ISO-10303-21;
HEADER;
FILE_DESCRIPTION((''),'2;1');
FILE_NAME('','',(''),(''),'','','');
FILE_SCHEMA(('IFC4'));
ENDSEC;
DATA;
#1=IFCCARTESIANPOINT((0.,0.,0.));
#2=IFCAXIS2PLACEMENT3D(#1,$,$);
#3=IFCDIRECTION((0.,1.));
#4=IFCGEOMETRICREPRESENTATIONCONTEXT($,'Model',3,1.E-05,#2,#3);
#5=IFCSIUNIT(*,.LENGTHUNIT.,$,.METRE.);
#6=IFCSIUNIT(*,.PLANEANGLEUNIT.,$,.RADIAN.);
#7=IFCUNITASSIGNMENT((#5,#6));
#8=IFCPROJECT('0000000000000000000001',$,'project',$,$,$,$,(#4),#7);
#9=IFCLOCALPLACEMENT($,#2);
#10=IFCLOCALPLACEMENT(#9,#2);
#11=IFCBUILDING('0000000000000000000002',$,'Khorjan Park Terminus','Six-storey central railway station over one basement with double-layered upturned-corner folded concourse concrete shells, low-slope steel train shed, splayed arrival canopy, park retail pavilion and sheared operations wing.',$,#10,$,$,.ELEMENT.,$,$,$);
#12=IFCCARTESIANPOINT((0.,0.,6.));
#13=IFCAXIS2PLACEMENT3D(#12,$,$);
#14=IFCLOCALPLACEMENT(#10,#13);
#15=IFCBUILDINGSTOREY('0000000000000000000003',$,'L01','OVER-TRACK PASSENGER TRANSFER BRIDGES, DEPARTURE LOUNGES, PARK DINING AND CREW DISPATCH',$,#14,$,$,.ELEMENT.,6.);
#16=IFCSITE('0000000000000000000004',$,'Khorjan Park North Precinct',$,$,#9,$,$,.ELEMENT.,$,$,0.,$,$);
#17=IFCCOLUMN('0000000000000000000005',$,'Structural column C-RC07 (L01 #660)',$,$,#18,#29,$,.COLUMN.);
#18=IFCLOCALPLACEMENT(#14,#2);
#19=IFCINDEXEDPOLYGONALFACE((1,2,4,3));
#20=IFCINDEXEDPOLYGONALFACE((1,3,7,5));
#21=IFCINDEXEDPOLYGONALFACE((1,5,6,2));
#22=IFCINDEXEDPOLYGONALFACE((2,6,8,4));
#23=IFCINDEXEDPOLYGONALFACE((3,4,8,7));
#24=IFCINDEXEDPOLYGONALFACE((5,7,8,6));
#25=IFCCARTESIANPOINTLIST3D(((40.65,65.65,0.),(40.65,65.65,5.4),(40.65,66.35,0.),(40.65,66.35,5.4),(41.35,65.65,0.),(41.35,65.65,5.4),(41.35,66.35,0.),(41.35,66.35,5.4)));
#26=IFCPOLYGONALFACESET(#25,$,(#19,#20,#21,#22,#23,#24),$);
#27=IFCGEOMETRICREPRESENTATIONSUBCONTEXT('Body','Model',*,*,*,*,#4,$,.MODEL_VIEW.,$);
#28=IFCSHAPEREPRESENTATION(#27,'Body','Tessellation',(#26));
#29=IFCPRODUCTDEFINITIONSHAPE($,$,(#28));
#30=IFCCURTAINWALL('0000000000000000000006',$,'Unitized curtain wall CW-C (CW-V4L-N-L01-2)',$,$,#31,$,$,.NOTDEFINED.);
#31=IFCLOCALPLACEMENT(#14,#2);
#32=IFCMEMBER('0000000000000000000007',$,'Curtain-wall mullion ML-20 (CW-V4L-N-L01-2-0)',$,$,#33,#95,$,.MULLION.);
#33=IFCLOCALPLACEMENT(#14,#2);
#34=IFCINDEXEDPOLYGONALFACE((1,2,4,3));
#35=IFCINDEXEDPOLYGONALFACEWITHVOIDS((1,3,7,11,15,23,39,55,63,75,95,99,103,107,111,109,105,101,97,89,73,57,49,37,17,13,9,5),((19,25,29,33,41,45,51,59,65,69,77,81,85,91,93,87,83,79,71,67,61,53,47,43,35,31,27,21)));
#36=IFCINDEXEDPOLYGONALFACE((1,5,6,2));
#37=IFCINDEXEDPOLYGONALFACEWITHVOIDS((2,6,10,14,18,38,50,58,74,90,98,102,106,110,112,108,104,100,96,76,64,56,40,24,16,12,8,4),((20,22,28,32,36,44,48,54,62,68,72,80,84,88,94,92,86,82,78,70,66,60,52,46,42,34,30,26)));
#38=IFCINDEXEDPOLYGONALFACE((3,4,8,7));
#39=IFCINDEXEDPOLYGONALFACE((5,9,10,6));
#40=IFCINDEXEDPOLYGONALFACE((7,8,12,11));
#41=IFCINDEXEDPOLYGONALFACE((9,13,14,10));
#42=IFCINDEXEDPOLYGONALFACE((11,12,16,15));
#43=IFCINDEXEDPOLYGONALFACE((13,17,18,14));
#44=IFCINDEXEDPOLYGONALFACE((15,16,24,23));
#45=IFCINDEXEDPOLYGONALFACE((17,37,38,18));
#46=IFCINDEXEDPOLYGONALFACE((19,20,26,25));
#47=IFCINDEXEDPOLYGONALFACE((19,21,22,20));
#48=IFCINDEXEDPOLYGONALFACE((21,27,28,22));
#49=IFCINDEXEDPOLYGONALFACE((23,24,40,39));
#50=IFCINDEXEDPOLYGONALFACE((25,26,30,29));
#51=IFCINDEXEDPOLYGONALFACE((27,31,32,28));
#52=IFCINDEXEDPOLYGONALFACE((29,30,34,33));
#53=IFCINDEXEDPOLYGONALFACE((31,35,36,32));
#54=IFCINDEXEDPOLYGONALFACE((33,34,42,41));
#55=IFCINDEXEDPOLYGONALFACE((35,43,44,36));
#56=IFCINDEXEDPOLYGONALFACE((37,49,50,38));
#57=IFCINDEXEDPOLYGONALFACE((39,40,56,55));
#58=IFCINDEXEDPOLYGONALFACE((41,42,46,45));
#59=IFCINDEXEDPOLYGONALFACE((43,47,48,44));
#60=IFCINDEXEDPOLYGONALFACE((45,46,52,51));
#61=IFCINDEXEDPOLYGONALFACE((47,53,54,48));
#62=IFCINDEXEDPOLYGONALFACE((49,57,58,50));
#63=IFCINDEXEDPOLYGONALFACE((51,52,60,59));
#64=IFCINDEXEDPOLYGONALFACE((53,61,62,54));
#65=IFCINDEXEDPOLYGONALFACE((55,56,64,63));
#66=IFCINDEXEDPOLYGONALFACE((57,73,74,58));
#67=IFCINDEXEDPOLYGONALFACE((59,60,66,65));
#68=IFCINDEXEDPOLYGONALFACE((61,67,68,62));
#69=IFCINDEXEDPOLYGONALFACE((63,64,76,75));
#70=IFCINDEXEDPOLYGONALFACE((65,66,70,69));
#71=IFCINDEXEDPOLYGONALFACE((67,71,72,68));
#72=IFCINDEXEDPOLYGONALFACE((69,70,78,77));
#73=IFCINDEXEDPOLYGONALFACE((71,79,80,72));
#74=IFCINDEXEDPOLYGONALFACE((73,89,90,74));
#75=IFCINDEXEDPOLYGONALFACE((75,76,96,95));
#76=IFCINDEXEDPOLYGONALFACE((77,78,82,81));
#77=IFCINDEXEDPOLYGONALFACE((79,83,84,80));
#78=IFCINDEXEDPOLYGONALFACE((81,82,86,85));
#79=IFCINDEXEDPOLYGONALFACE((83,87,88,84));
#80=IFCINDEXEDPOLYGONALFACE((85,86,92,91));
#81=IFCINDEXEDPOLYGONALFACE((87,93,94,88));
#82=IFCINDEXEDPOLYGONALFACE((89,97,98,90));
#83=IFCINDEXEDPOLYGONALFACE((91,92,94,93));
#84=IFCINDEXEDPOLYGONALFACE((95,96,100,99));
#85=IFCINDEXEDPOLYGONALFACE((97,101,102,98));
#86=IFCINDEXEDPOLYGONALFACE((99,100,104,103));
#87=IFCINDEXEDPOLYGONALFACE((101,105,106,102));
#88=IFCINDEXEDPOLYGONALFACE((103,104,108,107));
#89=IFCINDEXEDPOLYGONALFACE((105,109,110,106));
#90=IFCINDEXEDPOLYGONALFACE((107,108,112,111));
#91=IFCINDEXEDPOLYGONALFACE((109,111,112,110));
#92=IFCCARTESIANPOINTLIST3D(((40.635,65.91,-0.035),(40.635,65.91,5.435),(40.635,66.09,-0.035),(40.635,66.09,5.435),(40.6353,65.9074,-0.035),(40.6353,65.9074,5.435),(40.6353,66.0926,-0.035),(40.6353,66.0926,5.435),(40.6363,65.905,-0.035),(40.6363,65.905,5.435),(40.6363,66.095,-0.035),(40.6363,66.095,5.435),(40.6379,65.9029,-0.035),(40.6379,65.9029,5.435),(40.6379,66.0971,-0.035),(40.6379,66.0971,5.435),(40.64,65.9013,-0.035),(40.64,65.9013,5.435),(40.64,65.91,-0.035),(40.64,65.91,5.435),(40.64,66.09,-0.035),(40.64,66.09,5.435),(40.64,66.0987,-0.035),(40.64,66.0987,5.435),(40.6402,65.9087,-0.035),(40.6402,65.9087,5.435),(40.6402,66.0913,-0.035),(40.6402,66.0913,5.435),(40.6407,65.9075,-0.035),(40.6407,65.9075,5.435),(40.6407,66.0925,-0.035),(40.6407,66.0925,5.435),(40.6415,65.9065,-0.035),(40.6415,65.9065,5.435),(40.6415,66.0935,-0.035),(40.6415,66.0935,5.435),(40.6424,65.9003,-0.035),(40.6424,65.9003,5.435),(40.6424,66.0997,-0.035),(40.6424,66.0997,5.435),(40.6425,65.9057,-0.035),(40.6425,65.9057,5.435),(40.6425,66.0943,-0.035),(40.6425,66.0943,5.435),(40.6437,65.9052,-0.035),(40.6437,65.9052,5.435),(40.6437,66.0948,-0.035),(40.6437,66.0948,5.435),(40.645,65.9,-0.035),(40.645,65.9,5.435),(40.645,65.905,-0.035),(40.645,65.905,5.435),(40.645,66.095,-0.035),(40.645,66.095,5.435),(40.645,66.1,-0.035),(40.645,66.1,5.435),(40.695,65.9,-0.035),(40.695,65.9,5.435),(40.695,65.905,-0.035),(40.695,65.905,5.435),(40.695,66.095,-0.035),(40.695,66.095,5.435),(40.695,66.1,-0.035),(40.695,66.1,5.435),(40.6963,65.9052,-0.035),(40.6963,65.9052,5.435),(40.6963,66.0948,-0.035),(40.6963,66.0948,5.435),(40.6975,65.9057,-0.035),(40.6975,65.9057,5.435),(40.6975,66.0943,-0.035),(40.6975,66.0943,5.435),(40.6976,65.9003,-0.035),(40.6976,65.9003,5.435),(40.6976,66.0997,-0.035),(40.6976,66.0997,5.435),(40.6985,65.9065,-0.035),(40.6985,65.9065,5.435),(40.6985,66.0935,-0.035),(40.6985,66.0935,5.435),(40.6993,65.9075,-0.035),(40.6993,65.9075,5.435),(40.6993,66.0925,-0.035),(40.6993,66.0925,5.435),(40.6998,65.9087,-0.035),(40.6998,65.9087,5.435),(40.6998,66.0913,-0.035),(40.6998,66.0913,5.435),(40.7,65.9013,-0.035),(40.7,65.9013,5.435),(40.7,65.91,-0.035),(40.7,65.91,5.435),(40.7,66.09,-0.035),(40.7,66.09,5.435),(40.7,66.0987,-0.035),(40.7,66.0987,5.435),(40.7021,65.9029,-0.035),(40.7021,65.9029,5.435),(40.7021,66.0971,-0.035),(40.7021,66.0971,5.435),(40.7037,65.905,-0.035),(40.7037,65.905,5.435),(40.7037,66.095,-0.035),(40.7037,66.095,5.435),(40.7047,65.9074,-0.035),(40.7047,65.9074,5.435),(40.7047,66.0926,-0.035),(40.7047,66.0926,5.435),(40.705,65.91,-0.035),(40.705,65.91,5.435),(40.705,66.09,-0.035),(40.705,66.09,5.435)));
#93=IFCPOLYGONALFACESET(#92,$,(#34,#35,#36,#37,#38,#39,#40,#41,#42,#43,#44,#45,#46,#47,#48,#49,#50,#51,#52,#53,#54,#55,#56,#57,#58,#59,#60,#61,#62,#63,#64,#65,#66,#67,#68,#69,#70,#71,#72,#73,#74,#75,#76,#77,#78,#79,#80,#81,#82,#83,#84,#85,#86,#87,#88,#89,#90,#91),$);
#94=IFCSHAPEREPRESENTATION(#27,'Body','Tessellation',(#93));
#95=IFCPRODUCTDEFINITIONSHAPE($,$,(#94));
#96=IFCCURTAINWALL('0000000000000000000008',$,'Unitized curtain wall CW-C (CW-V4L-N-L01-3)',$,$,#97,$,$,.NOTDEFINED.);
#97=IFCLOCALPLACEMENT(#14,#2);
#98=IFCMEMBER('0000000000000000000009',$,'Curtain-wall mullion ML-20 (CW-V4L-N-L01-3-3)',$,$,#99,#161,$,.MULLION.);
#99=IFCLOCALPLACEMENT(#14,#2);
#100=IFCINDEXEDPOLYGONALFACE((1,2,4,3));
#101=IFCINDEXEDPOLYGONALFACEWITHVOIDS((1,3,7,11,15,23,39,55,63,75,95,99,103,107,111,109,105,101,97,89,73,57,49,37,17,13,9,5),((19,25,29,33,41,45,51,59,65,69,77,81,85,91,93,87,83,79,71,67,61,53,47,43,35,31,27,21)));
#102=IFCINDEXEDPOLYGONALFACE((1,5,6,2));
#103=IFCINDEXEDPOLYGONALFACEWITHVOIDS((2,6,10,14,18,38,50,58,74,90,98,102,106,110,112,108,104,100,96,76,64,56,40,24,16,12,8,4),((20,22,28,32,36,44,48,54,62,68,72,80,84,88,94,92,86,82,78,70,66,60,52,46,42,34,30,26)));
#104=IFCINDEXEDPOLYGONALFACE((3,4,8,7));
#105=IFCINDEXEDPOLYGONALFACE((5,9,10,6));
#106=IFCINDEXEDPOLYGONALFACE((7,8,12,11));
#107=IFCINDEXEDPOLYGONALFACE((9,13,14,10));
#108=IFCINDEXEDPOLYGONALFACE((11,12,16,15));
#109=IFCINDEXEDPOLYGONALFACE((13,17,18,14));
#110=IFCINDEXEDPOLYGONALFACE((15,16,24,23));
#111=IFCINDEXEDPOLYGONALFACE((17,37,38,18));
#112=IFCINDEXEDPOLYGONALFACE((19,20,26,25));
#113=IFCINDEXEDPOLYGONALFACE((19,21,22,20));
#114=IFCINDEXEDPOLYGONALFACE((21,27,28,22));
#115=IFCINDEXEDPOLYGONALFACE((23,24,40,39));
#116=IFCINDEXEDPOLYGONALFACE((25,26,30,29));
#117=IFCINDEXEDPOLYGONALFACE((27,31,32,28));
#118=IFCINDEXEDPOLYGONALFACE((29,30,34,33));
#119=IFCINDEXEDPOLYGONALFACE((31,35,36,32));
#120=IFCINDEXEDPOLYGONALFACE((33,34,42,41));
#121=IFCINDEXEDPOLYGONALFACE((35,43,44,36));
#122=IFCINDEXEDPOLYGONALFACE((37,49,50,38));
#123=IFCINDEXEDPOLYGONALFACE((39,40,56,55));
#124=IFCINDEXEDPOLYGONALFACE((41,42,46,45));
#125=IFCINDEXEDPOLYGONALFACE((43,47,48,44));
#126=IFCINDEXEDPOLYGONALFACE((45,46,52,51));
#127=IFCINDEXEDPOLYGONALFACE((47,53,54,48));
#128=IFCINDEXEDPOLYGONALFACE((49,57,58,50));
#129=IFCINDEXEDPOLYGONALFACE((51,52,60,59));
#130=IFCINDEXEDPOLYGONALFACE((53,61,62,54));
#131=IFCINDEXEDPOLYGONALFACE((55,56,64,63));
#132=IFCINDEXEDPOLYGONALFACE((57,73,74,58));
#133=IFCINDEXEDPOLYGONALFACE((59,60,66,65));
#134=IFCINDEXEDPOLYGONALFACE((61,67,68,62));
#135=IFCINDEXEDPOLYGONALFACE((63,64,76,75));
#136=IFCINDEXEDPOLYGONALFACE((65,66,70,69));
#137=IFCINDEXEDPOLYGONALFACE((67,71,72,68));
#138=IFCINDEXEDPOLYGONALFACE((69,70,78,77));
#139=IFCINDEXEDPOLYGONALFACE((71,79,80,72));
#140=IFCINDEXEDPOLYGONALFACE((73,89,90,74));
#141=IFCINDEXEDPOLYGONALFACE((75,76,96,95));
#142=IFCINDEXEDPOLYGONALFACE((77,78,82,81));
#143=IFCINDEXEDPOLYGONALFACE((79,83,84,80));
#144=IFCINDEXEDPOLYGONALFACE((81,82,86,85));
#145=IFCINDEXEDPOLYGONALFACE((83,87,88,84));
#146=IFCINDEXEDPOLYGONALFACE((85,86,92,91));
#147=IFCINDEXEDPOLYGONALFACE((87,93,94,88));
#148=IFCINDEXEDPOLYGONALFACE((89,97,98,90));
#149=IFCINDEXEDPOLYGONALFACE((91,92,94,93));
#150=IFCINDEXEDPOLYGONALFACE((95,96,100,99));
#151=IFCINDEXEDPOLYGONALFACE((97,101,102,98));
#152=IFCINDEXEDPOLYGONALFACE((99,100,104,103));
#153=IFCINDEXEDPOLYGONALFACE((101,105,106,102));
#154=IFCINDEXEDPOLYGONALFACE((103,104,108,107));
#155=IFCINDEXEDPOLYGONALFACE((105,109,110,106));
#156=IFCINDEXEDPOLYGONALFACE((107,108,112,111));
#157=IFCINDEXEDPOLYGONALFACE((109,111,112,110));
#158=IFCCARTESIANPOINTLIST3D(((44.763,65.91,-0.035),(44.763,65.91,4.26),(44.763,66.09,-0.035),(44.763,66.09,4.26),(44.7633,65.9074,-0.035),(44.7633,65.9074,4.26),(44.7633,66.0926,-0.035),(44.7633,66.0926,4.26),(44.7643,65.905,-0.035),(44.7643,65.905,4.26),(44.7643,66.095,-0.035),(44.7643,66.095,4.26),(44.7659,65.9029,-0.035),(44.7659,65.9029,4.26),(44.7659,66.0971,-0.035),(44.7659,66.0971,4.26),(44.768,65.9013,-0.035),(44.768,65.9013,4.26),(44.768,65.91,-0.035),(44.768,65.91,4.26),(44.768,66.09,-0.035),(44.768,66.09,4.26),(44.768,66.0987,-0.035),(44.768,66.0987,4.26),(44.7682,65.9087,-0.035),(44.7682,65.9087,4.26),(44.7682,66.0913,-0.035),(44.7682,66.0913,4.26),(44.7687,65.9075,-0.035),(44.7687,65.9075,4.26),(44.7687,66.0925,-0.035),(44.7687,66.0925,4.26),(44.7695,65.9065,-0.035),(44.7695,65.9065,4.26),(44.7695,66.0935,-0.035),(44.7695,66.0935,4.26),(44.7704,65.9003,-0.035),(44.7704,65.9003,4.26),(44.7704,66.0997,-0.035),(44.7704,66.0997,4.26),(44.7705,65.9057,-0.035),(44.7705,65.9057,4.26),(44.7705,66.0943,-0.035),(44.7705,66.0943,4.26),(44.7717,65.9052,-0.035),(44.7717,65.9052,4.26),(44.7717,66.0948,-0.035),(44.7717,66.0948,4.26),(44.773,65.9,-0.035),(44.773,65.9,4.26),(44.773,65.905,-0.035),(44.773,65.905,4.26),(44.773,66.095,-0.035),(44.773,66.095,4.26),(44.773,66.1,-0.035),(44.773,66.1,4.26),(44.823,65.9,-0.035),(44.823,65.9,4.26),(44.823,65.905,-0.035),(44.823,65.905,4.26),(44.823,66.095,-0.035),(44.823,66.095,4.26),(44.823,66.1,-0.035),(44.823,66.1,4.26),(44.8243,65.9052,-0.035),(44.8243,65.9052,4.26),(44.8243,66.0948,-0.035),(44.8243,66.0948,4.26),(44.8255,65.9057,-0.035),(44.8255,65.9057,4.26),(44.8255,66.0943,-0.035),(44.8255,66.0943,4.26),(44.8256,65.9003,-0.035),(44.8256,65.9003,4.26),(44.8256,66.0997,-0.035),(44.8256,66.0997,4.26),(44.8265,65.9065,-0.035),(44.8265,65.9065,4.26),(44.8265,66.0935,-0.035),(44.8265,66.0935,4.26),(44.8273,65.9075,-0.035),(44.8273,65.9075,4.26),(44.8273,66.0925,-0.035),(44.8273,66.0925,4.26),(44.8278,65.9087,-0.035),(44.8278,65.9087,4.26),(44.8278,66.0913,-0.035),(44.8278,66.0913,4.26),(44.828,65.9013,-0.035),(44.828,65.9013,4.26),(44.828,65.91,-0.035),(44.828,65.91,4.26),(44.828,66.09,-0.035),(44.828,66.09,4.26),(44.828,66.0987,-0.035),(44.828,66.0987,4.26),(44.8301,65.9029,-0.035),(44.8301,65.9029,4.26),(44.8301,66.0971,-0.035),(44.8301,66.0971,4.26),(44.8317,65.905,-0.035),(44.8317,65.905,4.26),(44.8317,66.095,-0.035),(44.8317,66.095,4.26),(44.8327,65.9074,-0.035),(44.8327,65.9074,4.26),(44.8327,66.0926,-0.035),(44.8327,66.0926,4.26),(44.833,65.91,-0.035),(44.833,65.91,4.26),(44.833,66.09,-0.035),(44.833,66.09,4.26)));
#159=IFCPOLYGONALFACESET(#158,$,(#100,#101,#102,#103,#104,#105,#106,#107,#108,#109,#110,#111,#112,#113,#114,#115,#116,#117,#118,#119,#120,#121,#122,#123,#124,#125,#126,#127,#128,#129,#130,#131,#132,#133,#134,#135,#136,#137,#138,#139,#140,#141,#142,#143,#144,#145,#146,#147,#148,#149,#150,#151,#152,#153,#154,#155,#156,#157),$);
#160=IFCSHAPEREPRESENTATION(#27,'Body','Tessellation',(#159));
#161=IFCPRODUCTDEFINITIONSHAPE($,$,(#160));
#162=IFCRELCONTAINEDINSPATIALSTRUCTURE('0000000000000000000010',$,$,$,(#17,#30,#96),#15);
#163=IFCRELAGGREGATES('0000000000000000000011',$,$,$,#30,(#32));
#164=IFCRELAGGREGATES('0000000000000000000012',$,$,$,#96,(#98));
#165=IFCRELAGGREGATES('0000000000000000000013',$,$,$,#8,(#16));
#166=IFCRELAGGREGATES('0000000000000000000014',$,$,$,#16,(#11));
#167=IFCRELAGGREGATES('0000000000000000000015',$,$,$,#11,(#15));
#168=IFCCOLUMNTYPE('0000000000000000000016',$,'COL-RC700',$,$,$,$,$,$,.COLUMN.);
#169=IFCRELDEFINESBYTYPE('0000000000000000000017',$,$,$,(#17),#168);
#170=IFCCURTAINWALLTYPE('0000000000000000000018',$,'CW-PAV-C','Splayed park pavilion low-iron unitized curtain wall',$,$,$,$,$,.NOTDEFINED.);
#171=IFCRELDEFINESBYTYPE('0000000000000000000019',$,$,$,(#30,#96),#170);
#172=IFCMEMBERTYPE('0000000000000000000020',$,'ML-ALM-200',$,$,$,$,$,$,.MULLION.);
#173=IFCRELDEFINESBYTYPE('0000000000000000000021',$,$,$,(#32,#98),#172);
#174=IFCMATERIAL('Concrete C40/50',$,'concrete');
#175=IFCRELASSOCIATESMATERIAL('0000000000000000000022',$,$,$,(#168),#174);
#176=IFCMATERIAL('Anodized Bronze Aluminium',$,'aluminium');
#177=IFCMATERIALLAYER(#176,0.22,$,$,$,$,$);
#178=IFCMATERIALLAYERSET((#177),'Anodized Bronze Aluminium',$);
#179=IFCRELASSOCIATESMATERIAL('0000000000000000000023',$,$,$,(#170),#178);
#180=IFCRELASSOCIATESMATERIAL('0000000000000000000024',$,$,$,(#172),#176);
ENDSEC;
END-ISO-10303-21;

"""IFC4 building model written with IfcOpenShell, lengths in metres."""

from ifc_helpers import new_model, si_unit, direction, frame, origin, origin_2d, place, context, subcontext, project, spatial, rectangle, hollow_rectangle, extrude, material, layer, layer_set, material_profile, profile_set, type_object, element, aggregate, save


model = new_model("IFC4")

# Units and contexts
model_context = context("Model", 3, precision=1e-05, world=origin(), true_north=direction((0.0, 1.0)))
body_context = subcontext(model_context, "Body", "Model", "MODEL_VIEW")
ifc_project = project(units=[si_unit("LENGTHUNIT", "METRE"), si_unit("PLANEANGLEUNIT", "RADIAN")], contexts=[model_context])

# Site, building, storey
site_placement = place(None, origin())
site = spatial("IfcSite", under=ifc_project, at=site_placement, Name="Khorjan Park North Precinct", CompositionType="ELEMENT", RefElevation=0.0)
building_placement = place(site_placement, origin())
building = spatial("IfcBuilding", under=site, at=building_placement, Name="Khorjan Park Terminus", Description="Six-storey central railway station over one basement with double-layered upturned-corner folded concourse concrete shells, low-slope steel train shed, splayed arrival canopy, park retail pavilion and sheared operations wing.", CompositionType="ELEMENT")
storey_placement = place(building_placement, frame((0.0, 0.0, 6.0)))
storey = spatial("IfcBuildingStorey", under=building, at=storey_placement, Name="L01", Description="OVER-TRACK PASSENGER TRANSFER BRIDGES, DEPARTURE LOUNGES, PARK DINING AND CREW DISPATCH", CompositionType="ELEMENT", Elevation=6.0)

# Column
ifc_material_1 = material(Name="Concrete C40/50", Category="concrete")
ifc_material_profile_1 = material_profile(ifc_material_1, rectangle(XDim=0.7, YDim=0.7, at=origin_2d()), Name="RC 700x700")
ifc_profile_set_1 = profile_set([ifc_material_profile_1], Name="Concrete C40/50")
column_type = type_object("IfcColumnType", Name="COL-RC700", PredefinedType="COLUMN", material=ifc_profile_set_1)
column_placement = place(storey_placement, frame((41.0, 66.0, 0.0), z_axis=(0.0, 0.0, 1.0), x_axis=(1.0, 0.0, 0.0)))
element("IfcColumn", 1, at=column_placement, inside=storey, type_object=column_type, Name="Structural column C-RC07 (L01 #660)", PredefinedType="COLUMN", context=body_context, shape_type="SweptSolid", body=[
    extrude(rectangle(XDim=0.7, YDim=0.7, at=origin_2d()), origin(), (0.0, 0.0, 1.0), 5.4),
])

# Curtain wall, member
ifc_material_2 = material(Name="Anodized Bronze Aluminium", Category="aluminium")
ifc_layer_1 = layer(ifc_material_2, 0.22)
ifc_layer_set_1 = layer_set([ifc_layer_1], Name="Anodized Bronze Aluminium")
curtain_wall_type = type_object("IfcCurtainWallType", Name="CW-PAV-C", Description="Splayed park pavilion low-iron unitized curtain wall", PredefinedType="NOTDEFINED", material=ifc_layer_set_1)
curtain_wall_1_placement = place(storey_placement, origin())
curtain_wall_1 = element("IfcCurtainWall", 2, at=curtain_wall_1_placement, inside=storey, type_object=curtain_wall_type, Name="Unitized curtain wall CW-C (CW-V4L-N-L01-2)", PredefinedType="NOTDEFINED")
ifc_material_profile_2 = material_profile(ifc_material_2, hollow_rectangle(XDim=0.07, YDim=0.2, WallThickness=0.005, InnerFilletRadius=0.005, OuterFilletRadius=0.01, at=origin_2d()), Name="ALM 70x200x5")
ifc_profile_set_2 = profile_set([ifc_material_profile_2], Name="Anodized Bronze Aluminium")
member_type_1 = type_object("IfcMemberType", Name="ML-ALM-200", PredefinedType="MULLION", material=ifc_profile_set_2)
member_1_placement = place(storey_placement, frame((40.67, 66.0, -0.035), z_axis=(0.0, 0.0, 1.0), x_axis=(-1.0, 0.0, 0.0)))
member_1 = element("IfcMember", 3, at=member_1_placement, type_object=member_type_1, Name="Curtain-wall mullion ML-20 (CW-V4L-N-L01-2-0)", PredefinedType="MULLION", context=body_context, shape_type="SweptSolid", body=[
    extrude(hollow_rectangle(XDim=0.07, YDim=0.2, WallThickness=0.005, InnerFilletRadius=0.005, OuterFilletRadius=0.01, at=origin_2d()), origin(), (0.0, 0.0, 1.0), 5.47),
])

# Curtain wall, member
curtain_wall_2_placement = place(storey_placement, origin())
curtain_wall_2 = element("IfcCurtainWall", 4, at=curtain_wall_2_placement, inside=storey, type_object=curtain_wall_type, Name="Unitized curtain wall CW-C (CW-V4L-N-L01-3)", PredefinedType="NOTDEFINED")
member_2_placement = place(storey_placement, frame((44.798, 66.0, -0.035), z_axis=(0.0, 0.0, 1.0), x_axis=(-1.0, 0.0, 0.0)))
member_2 = element("IfcMember", 5, at=member_2_placement, type_object=member_type_1, Name="Curtain-wall mullion ML-20 (CW-V4L-N-L01-3-3)", PredefinedType="MULLION", context=body_context, shape_type="SweptSolid", body=[
    extrude(hollow_rectangle(XDim=0.07, YDim=0.2, WallThickness=0.005, InnerFilletRadius=0.005, OuterFilletRadius=0.01, at=origin_2d()), origin(), (0.0, 0.0, 1.0), 4.295),
])

aggregate(curtain_wall_1, [member_1])
aggregate(curtain_wall_2, [member_2])

save(model, "model.ifc")
